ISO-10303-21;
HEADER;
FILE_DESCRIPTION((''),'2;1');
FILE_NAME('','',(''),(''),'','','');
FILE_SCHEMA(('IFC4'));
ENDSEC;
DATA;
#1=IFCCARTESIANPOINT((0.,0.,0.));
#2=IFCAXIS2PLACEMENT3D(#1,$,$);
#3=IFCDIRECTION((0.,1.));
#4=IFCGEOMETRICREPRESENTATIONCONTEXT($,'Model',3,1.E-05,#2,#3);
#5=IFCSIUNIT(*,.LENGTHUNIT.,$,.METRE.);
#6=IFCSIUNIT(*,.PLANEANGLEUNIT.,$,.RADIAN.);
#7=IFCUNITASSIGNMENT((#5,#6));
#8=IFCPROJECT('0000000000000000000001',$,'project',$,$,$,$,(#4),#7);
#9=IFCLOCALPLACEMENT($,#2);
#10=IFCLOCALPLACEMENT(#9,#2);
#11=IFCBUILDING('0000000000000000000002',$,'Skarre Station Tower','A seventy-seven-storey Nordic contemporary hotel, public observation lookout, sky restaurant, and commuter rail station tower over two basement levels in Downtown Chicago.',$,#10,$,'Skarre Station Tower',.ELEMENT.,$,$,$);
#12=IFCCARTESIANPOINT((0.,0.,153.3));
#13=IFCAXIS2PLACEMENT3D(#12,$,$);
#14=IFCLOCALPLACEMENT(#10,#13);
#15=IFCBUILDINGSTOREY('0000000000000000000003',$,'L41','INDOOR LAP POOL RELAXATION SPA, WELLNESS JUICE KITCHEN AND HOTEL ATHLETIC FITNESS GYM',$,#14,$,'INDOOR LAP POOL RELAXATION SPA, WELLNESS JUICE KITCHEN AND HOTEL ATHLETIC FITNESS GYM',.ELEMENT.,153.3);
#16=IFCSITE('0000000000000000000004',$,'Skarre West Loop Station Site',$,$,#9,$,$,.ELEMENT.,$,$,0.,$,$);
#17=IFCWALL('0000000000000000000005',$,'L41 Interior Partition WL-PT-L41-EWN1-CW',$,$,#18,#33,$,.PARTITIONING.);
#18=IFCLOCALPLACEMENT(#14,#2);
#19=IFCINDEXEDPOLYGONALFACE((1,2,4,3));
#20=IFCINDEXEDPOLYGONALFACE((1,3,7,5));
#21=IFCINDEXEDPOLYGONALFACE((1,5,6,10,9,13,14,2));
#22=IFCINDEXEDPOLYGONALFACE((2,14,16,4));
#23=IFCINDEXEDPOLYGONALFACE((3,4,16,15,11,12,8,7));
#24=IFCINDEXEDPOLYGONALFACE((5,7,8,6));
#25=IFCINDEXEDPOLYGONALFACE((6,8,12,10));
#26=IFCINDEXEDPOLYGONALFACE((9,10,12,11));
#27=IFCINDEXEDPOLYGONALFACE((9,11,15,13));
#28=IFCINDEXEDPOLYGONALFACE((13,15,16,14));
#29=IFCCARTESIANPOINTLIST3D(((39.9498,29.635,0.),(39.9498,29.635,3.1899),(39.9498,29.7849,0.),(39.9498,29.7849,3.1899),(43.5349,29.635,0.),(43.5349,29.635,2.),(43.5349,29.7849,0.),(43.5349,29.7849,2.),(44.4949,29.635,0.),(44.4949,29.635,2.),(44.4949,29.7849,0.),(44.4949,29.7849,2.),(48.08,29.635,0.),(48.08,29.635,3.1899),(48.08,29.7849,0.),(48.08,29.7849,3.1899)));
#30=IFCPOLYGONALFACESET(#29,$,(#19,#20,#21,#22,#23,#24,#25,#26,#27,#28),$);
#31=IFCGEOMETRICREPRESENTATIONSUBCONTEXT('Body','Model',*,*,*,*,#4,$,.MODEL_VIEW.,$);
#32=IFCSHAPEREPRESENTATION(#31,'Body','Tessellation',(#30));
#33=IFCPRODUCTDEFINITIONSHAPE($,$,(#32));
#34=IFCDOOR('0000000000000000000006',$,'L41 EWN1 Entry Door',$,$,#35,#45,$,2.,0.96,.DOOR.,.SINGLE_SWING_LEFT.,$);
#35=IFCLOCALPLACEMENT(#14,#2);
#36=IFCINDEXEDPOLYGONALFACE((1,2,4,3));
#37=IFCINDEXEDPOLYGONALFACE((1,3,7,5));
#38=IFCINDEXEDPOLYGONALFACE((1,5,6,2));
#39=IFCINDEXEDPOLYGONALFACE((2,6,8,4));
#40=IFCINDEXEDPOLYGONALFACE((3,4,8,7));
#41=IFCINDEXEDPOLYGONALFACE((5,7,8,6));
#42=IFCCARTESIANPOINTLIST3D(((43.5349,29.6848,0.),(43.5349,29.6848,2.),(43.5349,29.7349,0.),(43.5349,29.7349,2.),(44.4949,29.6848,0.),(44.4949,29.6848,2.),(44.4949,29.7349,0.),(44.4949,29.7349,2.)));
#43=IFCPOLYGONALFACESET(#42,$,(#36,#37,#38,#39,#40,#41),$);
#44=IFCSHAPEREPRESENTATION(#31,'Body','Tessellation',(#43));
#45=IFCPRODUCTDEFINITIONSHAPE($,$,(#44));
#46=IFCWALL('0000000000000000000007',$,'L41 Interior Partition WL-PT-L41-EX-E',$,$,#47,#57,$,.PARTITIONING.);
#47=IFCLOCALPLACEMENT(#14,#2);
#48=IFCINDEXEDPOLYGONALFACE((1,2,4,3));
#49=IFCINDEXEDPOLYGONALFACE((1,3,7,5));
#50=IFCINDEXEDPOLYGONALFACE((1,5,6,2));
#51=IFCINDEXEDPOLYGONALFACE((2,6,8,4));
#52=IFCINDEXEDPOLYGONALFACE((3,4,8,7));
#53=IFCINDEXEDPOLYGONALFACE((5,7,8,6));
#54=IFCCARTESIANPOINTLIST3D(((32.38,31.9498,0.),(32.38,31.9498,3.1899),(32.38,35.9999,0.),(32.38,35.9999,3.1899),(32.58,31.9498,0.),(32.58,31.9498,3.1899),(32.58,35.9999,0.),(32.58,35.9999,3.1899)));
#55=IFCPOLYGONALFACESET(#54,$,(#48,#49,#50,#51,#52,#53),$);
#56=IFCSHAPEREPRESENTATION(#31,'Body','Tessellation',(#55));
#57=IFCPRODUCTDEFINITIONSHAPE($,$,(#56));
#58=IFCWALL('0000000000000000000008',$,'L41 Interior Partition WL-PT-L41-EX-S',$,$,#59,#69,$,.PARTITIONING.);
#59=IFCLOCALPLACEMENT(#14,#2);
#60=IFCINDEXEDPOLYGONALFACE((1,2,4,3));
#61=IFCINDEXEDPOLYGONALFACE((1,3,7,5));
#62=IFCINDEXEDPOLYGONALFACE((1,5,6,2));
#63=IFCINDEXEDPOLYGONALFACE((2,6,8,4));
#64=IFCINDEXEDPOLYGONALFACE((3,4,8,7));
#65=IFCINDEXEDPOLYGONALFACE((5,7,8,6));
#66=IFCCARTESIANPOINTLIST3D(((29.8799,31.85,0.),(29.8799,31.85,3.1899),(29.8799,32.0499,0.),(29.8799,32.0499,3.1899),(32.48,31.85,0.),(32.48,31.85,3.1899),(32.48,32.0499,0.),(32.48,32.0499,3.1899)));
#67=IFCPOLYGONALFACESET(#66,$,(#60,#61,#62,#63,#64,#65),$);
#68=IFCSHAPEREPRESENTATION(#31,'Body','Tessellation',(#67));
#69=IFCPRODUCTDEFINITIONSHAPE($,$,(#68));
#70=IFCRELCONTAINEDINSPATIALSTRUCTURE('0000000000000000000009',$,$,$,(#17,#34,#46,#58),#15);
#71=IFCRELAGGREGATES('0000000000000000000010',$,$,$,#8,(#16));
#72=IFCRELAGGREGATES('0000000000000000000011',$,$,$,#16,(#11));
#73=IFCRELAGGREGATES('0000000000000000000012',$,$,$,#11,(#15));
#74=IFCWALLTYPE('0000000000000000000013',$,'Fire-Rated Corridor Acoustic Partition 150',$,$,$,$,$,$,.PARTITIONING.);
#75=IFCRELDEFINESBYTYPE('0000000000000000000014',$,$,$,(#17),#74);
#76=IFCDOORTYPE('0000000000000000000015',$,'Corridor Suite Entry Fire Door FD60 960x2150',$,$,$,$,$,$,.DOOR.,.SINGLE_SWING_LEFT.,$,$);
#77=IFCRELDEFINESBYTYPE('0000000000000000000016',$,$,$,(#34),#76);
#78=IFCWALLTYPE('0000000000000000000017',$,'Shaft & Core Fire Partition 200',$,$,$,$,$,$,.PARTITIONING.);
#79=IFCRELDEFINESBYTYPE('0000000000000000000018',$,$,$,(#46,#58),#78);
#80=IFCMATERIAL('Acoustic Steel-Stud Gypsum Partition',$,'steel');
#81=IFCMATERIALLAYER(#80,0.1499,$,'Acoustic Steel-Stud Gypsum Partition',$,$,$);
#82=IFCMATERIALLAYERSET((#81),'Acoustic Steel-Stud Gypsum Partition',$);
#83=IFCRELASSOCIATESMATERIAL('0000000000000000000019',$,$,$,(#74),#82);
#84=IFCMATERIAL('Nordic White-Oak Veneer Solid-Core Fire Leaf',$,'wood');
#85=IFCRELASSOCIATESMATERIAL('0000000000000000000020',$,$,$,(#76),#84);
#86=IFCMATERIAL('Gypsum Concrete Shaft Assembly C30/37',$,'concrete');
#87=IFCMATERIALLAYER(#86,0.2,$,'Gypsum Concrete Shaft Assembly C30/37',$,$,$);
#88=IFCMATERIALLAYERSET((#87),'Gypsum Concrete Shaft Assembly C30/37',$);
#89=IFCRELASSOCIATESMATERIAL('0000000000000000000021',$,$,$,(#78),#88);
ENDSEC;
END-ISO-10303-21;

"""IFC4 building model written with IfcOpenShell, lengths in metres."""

from ifc_helpers import new_model, si_unit, direction, frame, frame_2d, origin, place, context, subcontext, project, spatial, rectangle, extrude, material, layer, layer_set, type_object, element, fill, save


model = new_model("IFC4")

# Units and contexts
model_context = context("Model", 3, precision=1e-05, world=origin(), true_north=direction((0.0, 1.0)))
body_context = subcontext(model_context, "Body", "Model", "MODEL_VIEW")
ifc_project = project(units=[si_unit("LENGTHUNIT", "METRE"), si_unit("PLANEANGLEUNIT", "RADIAN")], contexts=[model_context])

# Site, building, storey
site_placement = place(None, origin())
site = spatial("IfcSite", under=ifc_project, at=site_placement, Name="Skarre West Loop Station Site", CompositionType="ELEMENT", RefElevation=0.0)
building_placement = place(site_placement, origin())
building = spatial("IfcBuilding", under=site, at=building_placement, Name="Skarre Station Tower", Description="A seventy-seven-storey Nordic contemporary hotel, public observation lookout, sky restaurant, and commuter rail station tower over two basement levels in Downtown Chicago.", LongName="Skarre Station Tower", CompositionType="ELEMENT")
storey_placement = place(building_placement, frame((0.0, 0.0, 153.3)))
storey = spatial("IfcBuildingStorey", under=building, at=storey_placement, Name="L41", Description="INDOOR LAP POOL RELAXATION SPA, WELLNESS JUICE KITCHEN AND HOTEL ATHLETIC FITNESS GYM", LongName="INDOOR LAP POOL RELAXATION SPA, WELLNESS JUICE KITCHEN AND HOTEL ATHLETIC FITNESS GYM", CompositionType="ELEMENT", Elevation=153.3)

# Shared definitions
ifc_material_1 = material(Name="Acoustic Steel-Stud Gypsum Partition", Category="steel")
ifc_layer_1 = layer(ifc_material_1, 0.1499, Name="Acoustic Steel-Stud Gypsum Partition")
ifc_layer_set_1 = layer_set([ifc_layer_1], Name="Acoustic Steel-Stud Gypsum Partition")
wall_type_1 = type_object("IfcWallType", Name="Fire-Rated Corridor Acoustic Partition 150", PredefinedType="PARTITIONING", material=ifc_layer_set_1)

# Wall, opening, door
wall_1_placement = place(storey_placement, frame((39.95, 29.71, 0.0), z_axis=(0.0, 0.0, 1.0), x_axis=(1.0, 0.0, 0.0)))
wall_1 = element("IfcWall", 1, at=wall_1_placement, inside=storey, type_object=wall_type_1, Name="L41 Interior Partition WL-PT-L41-EWN1-CW", PredefinedType="PARTITIONING", context=body_context, shape_type="SweptSolid", body=[
    extrude(rectangle(XDim=8.1301, YDim=0.1499, at=frame_2d((4.0649, 0.0))), origin(), (0.0, 0.0, 1.0), 3.1899),
])
opening_placement = place(wall_1_placement, frame((3.585, 0.0, 0.0)))
opening = element("IfcOpeningElement", 2, at=opening_placement, cuts=wall_1, PredefinedType="OPENING", context=body_context, shape_type="SweptSolid", body=[
    extrude(rectangle(XDim=0.96, YDim=2.0, at=frame_2d((0.48, 1.0))), frame((0.0, 0.085, 0.0), z_axis=(0.0, -1.0, 0.0), x_axis=(1.0, 0.0, 0.0)), (0.0, 0.0, 1.0), 0.1699),
])
ifc_material_2 = material(Name="Nordic White-Oak Veneer Solid-Core Fire Leaf", Category="wood")
door_type = type_object("IfcDoorType", Name="Corridor Suite Entry Fire Door FD60 960x2150", OperationType="SINGLE_SWING_LEFT", PredefinedType="DOOR", material=ifc_material_2)
door_placement = place(opening_placement, origin())
door = element("IfcDoor", 3, at=door_placement, inside=storey, type_object=door_type, Name="L41 EWN1 Entry Door", OperationType="SINGLE_SWING_LEFT", OverallHeight=2.0, OverallWidth=0.96, PredefinedType="DOOR", context=body_context, shape_type="SweptSolid", body=[
    extrude(rectangle(XDim=0.96, YDim=2.0, at=frame_2d((0.48, 1.0))), frame((0.0, 0.0249, 0.0), z_axis=(0.0, -1.0, 0.0), x_axis=(1.0, 0.0, 0.0)), (0.0, 0.0, 1.0), 0.05),
])
fill(opening, door)

# Walls
ifc_material_3 = material(Name="Gypsum Concrete Shaft Assembly C30/37", Category="concrete")
ifc_layer_2 = layer(ifc_material_3, 0.2, Name="Gypsum Concrete Shaft Assembly C30/37")
ifc_layer_set_2 = layer_set([ifc_layer_2], Name="Gypsum Concrete Shaft Assembly C30/37")
wall_type_2 = type_object("IfcWallType", Name="Shaft & Core Fire Partition 200", PredefinedType="PARTITIONING", material=ifc_layer_set_2)
wall_2_placement = place(storey_placement, frame((32.48, 31.95, 0.0), z_axis=(0.0, 0.0, 1.0), x_axis=(0.0, 1.0, 0.0)))
element("IfcWall", 4, at=wall_2_placement, inside=storey, type_object=wall_type_2, Name="L41 Interior Partition WL-PT-L41-EX-E", PredefinedType="PARTITIONING", context=body_context, shape_type="SweptSolid", body=[
    extrude(rectangle(XDim=4.05, YDim=0.2, at=frame_2d((2.0249, 0.0))), origin(), (0.0, 0.0, 1.0), 3.1899),
])
wall_3_placement = place(storey_placement, frame((32.48, 31.95, 0.0), z_axis=(0.0, 0.0, 1.0), x_axis=(-1.0, 0.0, 0.0)))
element("IfcWall", 5, at=wall_3_placement, inside=storey, type_object=wall_type_2, Name="L41 Interior Partition WL-PT-L41-EX-S", PredefinedType="PARTITIONING", context=body_context, shape_type="SweptSolid", body=[
    extrude(rectangle(XDim=2.6001, YDim=0.2, at=frame_2d((1.3, 0.0))), origin(), (0.0, 0.0, 1.0), 3.1899),
])

save(model, "model.ifc")
